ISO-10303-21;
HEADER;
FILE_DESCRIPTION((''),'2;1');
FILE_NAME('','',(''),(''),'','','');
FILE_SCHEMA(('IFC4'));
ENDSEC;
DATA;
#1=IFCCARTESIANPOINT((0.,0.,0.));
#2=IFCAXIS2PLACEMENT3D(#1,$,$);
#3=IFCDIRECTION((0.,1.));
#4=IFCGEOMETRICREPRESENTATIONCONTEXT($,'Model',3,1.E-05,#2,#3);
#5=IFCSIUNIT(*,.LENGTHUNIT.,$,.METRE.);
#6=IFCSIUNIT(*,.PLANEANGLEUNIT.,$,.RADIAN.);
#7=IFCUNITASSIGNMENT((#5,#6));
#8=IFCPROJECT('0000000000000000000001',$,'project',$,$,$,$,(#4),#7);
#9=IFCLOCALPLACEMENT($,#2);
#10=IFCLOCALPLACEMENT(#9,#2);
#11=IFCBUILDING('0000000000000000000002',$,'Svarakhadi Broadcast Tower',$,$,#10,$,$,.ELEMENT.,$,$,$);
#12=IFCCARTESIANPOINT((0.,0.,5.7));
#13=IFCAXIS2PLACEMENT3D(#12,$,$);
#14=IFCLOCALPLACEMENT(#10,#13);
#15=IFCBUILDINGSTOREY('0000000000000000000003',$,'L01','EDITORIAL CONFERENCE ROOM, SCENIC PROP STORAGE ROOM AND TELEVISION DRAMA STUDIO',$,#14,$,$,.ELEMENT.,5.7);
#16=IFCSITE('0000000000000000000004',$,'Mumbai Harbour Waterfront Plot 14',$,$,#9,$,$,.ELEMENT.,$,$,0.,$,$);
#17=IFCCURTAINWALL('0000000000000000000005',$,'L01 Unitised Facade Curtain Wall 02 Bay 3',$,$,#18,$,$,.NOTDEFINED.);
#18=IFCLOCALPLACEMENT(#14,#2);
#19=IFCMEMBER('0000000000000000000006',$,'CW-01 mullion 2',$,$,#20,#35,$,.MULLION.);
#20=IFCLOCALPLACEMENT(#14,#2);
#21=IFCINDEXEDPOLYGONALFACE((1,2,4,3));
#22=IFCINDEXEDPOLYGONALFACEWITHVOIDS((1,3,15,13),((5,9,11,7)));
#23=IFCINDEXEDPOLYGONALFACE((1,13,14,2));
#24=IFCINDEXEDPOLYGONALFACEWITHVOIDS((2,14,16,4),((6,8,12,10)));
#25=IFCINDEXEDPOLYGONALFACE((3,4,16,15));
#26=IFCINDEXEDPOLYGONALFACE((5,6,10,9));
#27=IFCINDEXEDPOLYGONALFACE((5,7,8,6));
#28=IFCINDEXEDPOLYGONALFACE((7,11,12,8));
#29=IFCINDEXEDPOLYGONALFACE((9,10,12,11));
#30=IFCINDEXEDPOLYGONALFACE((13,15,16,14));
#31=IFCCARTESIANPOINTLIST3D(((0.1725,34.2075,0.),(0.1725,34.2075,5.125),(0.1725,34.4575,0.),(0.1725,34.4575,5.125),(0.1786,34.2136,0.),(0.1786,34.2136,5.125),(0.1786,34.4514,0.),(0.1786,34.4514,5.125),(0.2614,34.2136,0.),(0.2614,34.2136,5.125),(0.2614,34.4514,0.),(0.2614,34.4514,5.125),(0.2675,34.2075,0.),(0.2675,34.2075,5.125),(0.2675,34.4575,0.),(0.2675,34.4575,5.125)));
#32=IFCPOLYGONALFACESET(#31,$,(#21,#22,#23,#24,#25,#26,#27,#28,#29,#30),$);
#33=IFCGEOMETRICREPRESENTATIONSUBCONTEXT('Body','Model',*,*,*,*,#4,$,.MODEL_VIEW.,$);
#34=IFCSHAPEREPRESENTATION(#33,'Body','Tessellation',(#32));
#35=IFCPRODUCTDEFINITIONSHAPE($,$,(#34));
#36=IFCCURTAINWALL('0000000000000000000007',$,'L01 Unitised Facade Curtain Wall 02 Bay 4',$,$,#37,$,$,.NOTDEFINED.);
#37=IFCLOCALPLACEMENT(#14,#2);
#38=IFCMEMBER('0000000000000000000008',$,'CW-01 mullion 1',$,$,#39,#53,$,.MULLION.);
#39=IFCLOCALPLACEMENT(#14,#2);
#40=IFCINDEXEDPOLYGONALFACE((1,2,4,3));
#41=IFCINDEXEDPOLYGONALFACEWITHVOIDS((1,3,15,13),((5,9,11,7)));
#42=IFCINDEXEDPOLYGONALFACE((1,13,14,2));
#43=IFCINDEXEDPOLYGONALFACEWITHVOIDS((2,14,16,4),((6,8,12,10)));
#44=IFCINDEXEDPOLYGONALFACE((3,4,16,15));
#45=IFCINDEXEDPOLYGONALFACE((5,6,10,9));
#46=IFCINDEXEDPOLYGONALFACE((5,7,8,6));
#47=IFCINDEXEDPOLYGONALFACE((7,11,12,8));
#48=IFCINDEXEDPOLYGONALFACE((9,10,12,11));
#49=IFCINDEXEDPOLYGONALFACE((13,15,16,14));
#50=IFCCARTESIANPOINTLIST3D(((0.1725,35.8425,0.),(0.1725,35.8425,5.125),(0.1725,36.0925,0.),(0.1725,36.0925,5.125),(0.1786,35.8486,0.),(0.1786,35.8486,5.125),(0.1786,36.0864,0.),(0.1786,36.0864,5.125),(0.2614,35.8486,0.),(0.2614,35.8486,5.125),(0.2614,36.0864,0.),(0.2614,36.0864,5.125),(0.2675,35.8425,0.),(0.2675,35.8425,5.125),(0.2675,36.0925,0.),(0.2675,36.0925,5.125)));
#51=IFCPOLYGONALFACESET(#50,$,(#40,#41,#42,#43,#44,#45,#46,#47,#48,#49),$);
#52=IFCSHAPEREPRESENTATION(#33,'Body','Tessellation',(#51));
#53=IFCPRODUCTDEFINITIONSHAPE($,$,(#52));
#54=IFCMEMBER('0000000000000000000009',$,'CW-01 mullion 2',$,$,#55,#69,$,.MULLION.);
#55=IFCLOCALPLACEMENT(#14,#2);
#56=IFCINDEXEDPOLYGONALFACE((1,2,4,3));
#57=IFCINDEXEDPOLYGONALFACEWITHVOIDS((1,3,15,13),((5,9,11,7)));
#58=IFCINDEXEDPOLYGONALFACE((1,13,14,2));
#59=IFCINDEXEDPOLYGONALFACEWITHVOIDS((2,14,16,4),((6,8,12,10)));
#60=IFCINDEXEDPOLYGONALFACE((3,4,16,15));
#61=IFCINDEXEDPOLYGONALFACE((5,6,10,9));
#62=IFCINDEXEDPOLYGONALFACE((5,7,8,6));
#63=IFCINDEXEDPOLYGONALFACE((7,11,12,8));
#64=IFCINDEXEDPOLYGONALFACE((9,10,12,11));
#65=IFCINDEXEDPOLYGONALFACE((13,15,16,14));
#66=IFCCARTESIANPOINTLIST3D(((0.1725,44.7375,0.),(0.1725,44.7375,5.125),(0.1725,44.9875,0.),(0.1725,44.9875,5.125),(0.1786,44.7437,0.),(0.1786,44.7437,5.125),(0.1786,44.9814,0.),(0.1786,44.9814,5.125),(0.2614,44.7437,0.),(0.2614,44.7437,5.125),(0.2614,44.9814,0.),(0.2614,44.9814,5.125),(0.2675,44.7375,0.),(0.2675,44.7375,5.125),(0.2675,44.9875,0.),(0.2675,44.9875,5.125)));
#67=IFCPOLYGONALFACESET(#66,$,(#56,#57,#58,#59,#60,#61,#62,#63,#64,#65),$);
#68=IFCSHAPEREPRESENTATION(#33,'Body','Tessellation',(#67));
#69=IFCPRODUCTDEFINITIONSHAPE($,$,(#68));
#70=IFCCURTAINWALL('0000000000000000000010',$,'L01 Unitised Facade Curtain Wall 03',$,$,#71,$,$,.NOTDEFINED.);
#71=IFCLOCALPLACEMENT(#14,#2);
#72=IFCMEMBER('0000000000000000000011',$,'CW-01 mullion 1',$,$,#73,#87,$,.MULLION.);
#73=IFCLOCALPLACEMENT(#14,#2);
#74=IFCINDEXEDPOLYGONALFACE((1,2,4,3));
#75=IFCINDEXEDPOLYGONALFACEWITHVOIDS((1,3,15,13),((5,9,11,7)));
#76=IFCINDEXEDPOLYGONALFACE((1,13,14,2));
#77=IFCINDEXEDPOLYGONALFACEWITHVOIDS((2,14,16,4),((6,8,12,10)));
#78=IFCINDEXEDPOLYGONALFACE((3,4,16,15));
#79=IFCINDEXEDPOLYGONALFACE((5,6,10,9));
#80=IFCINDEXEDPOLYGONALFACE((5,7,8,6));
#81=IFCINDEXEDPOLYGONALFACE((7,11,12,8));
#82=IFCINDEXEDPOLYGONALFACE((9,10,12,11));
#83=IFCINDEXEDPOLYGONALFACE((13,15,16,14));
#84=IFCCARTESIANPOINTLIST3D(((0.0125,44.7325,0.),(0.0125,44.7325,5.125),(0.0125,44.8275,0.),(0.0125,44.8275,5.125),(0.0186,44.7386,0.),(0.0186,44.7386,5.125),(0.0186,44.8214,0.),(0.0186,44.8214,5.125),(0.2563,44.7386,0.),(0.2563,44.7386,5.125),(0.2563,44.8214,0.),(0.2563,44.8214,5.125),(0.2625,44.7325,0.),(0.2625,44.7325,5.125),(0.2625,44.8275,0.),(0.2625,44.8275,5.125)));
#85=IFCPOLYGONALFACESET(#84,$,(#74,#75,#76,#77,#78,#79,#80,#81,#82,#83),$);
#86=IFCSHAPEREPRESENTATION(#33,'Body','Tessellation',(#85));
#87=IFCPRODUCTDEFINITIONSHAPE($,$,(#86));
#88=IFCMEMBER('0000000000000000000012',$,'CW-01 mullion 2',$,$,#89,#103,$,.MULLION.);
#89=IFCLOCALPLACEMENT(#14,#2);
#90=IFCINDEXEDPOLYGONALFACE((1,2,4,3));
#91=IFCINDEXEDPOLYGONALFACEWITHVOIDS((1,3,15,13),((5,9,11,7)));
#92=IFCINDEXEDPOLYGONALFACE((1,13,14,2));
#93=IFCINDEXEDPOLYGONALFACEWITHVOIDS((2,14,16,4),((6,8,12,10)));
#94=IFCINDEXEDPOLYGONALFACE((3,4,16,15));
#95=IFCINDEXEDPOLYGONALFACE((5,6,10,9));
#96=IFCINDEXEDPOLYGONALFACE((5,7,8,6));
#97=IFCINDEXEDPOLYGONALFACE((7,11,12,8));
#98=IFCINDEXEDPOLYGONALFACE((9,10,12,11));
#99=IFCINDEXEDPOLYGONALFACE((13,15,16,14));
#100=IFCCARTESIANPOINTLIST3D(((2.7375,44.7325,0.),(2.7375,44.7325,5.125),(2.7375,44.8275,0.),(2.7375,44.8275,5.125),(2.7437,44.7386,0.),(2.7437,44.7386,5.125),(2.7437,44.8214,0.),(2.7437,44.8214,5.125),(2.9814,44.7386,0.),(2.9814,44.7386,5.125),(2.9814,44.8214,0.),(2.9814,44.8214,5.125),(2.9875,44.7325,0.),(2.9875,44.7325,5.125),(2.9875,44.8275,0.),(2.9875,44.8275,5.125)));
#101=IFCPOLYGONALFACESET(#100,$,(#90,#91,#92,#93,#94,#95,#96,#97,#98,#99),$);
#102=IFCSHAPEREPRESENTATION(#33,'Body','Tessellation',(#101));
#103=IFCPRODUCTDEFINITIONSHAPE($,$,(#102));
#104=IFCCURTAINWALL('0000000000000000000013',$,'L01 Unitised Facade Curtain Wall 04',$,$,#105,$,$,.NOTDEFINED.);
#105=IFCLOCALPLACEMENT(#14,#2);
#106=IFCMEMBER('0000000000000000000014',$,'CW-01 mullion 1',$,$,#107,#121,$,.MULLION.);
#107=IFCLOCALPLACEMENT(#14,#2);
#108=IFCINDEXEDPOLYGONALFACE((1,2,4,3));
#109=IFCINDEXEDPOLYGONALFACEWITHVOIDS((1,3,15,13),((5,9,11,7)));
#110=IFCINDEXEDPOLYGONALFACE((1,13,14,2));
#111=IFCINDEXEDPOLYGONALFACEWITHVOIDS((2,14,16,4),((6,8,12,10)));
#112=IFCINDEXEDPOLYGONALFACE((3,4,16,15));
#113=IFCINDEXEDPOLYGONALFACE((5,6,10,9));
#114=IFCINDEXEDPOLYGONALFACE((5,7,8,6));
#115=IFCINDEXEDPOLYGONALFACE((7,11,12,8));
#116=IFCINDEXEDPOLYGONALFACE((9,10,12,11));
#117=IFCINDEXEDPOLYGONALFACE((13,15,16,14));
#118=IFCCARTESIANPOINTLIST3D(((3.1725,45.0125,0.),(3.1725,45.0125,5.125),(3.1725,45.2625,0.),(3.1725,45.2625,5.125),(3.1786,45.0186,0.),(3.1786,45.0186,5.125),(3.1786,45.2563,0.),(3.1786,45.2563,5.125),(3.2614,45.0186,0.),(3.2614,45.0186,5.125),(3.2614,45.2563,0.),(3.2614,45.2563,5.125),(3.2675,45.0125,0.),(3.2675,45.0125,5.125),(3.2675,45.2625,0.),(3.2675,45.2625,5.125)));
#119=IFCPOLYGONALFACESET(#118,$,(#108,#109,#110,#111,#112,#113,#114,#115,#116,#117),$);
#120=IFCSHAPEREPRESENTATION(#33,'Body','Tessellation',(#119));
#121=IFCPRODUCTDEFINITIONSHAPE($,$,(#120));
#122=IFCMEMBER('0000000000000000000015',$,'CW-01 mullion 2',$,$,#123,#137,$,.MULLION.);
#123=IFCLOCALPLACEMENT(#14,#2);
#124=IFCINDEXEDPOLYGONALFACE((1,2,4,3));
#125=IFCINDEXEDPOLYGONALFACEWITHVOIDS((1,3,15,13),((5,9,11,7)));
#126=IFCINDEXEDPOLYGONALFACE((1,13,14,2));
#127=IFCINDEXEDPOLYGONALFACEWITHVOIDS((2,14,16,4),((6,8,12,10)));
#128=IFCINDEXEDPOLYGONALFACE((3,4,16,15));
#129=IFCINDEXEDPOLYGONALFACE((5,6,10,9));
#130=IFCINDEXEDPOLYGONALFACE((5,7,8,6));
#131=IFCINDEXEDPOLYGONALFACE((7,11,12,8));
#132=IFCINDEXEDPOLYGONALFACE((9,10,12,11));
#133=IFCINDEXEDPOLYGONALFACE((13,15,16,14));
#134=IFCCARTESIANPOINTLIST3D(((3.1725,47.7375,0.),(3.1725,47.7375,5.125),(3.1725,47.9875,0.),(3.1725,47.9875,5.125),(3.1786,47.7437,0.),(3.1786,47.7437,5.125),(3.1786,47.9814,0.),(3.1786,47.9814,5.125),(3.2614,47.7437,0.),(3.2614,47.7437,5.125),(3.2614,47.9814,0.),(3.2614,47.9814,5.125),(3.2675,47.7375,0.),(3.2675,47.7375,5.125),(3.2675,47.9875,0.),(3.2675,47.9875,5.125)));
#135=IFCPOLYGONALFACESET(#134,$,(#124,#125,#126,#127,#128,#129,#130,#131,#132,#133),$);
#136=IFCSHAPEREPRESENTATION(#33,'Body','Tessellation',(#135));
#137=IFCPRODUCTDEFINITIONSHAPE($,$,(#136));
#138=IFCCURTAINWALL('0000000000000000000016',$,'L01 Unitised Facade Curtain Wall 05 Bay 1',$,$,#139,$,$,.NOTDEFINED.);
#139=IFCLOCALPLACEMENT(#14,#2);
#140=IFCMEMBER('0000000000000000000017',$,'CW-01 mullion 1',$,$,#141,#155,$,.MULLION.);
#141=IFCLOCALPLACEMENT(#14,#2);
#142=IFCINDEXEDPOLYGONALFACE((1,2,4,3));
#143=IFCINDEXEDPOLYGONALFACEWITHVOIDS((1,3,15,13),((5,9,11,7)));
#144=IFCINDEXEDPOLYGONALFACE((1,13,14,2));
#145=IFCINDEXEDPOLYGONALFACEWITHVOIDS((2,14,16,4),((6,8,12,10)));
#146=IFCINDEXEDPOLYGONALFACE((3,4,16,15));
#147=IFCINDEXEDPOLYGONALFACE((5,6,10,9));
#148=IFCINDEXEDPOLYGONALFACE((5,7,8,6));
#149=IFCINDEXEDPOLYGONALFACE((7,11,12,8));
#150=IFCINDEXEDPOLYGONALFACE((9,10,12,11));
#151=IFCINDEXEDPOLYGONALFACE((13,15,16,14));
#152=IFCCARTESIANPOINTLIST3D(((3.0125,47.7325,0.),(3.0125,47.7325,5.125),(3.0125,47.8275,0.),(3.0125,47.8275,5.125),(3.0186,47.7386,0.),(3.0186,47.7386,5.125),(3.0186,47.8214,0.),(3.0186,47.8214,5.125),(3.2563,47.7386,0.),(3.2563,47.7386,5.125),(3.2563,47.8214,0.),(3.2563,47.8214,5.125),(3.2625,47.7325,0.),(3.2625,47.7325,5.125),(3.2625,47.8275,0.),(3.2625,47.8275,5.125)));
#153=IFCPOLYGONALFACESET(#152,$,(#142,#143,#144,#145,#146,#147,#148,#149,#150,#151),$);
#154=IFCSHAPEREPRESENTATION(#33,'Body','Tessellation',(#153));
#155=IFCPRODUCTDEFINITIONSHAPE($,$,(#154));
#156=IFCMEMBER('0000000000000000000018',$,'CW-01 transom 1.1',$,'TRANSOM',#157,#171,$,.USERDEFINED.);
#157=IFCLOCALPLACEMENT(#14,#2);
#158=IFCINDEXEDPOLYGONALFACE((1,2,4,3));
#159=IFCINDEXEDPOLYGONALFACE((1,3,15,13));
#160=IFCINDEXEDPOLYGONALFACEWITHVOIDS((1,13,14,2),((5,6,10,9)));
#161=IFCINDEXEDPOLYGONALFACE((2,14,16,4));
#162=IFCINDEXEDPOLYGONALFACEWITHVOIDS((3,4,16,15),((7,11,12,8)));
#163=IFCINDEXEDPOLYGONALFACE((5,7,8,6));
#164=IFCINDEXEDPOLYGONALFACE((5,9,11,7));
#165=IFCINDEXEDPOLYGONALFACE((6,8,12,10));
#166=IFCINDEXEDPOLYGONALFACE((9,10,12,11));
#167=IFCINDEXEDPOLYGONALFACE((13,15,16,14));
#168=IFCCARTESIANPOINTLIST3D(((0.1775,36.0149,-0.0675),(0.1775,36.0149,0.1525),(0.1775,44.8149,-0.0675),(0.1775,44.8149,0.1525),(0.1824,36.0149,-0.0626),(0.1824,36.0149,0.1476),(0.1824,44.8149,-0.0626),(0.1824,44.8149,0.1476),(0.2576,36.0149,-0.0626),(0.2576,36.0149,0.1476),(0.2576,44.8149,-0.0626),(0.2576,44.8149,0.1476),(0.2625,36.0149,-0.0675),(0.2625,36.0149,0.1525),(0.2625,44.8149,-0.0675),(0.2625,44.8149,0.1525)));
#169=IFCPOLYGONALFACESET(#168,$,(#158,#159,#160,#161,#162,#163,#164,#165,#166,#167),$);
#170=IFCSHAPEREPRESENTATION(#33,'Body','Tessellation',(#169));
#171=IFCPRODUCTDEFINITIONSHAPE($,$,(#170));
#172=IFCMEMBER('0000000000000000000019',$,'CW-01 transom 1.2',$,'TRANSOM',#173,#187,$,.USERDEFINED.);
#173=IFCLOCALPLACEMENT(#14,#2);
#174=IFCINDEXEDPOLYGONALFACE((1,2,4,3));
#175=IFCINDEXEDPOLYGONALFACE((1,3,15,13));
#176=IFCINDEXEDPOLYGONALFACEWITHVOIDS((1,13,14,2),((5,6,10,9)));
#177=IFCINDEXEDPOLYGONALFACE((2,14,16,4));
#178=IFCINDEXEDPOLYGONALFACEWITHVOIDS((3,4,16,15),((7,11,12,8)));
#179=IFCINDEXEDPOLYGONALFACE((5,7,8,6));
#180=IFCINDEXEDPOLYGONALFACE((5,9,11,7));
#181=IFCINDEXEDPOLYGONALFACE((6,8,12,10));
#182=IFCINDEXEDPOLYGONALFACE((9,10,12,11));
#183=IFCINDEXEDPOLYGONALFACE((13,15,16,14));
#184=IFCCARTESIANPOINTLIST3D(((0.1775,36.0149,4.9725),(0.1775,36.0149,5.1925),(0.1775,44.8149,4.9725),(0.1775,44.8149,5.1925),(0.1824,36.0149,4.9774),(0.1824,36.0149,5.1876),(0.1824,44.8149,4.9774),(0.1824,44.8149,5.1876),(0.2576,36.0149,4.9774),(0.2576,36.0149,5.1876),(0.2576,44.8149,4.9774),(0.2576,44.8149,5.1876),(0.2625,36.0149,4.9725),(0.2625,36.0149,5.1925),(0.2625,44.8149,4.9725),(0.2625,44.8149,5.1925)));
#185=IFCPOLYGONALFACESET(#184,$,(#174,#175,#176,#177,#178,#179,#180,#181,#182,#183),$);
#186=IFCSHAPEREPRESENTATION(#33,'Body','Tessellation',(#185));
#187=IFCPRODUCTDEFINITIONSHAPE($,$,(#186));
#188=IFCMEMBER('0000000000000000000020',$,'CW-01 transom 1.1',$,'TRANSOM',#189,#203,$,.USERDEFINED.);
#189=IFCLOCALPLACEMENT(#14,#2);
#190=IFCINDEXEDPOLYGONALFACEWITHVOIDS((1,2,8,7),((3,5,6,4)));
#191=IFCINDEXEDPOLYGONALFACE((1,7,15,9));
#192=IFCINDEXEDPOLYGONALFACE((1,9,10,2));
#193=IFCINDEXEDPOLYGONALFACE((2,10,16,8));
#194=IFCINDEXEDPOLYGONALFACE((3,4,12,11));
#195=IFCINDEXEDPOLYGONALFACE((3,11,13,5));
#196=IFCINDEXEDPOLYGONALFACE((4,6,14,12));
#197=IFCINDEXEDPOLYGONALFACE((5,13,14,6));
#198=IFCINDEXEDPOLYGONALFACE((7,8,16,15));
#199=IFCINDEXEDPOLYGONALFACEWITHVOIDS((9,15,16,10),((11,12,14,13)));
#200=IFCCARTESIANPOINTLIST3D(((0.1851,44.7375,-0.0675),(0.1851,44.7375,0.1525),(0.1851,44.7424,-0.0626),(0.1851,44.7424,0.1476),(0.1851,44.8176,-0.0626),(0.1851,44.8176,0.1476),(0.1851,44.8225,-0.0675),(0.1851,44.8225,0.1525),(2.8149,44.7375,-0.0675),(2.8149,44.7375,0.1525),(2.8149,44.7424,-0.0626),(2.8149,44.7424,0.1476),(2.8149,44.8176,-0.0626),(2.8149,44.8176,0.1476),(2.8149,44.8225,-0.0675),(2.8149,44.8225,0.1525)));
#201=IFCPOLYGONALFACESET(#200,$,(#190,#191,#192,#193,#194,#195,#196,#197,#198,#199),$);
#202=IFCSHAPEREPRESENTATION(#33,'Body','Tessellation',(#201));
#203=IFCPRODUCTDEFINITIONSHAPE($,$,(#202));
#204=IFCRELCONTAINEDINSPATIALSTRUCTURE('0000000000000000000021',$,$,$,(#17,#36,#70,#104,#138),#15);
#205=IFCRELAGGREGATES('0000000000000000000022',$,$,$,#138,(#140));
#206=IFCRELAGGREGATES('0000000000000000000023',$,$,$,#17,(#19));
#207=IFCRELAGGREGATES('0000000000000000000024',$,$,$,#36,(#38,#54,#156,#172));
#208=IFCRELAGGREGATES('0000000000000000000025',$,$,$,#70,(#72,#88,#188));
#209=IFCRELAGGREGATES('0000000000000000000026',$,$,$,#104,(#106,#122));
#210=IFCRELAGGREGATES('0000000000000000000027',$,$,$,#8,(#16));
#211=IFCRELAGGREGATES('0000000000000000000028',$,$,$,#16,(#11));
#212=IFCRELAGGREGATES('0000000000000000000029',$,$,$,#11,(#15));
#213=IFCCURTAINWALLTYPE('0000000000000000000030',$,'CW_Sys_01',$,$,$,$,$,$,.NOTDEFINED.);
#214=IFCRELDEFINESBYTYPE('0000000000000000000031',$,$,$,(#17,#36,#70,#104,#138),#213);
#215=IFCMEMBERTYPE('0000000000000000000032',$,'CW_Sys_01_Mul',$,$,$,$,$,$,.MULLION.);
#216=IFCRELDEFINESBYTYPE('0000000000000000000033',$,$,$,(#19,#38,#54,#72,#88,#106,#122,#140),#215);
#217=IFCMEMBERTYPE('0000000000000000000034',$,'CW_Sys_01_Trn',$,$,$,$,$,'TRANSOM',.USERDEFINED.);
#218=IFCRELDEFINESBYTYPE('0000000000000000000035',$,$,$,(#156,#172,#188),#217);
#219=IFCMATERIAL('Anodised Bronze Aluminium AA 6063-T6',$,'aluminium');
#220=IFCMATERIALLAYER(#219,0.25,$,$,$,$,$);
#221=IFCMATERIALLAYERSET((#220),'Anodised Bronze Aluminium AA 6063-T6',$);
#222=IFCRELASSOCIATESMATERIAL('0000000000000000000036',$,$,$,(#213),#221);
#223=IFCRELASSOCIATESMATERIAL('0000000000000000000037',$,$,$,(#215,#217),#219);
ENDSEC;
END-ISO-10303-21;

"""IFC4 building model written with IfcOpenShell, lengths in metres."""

from ifc_helpers import new_model, si_unit, direction, frame, origin, origin_2d, place, context, subcontext, project, spatial, hollow_rectangle, extrude, material, layer, layer_set, material_profile, profile_set, type_object, element, aggregate, save


model = new_model("IFC4")

# Units and contexts
model_context = context("Model", 3, precision=1e-05, world=origin(), true_north=direction((0.0, 1.0)))
body_context = subcontext(model_context, "Body", "Model", "MODEL_VIEW")
ifc_project = project(units=[si_unit("LENGTHUNIT", "METRE"), si_unit("PLANEANGLEUNIT", "RADIAN")], contexts=[model_context])

# Site, building, storey
site_placement = place(None, origin())
site = spatial("IfcSite", under=ifc_project, at=site_placement, Name="Mumbai Harbour Waterfront Plot 14", CompositionType="ELEMENT", RefElevation=0.0)
building_placement = place(site_placement, origin())
building = spatial("IfcBuilding", under=site, at=building_placement, Name="Svarakhadi Broadcast Tower", CompositionType="ELEMENT")
storey_placement = place(building_placement, frame((0.0, 0.0, 5.7)))
storey = spatial("IfcBuildingStorey", under=building, at=storey_placement, Name="L01", Description="EDITORIAL CONFERENCE ROOM, SCENIC PROP STORAGE ROOM AND TELEVISION DRAMA STUDIO", CompositionType="ELEMENT", Elevation=5.7)

# Curtain wall, member
ifc_material_1 = material(Name="Anodised Bronze Aluminium AA 6063-T6", Category="aluminium")
ifc_layer_1 = layer(ifc_material_1, 0.25)
ifc_layer_set_1 = layer_set([ifc_layer_1], Name="Anodised Bronze Aluminium AA 6063-T6")
curtain_wall_type = type_object("IfcCurtainWallType", Name="CW_Sys_01", PredefinedType="NOTDEFINED", material=ifc_layer_set_1)
curtain_wall_1_placement = place(storey_placement, origin())
curtain_wall_1 = element("IfcCurtainWall", 1, at=curtain_wall_1_placement, inside=storey, type_object=curtain_wall_type, Name="L01 Unitised Facade Curtain Wall 02 Bay 3", PredefinedType="NOTDEFINED")
ifc_material_profile_1 = material_profile(ifc_material_1, hollow_rectangle(XDim=0.095, YDim=0.25, WallThickness=0.0061, at=origin_2d()), Name="ALU MULLION 250x95x6")
ifc_profile_set_1 = profile_set([ifc_material_profile_1], Name="Anodised Bronze Aluminium AA 6063-T6")
member_type_1 = type_object("IfcMemberType", Name="CW_Sys_01_Mul", PredefinedType="MULLION", material=ifc_profile_set_1)
member_1_placement = place(storey_placement, frame((0.22, 34.3325, 0.0), z_axis=(0.0, 0.0, 1.0), x_axis=(-1.0, 0.0, 0.0)))
member_1 = element("IfcMember", 2, at=member_1_placement, type_object=member_type_1, Name="CW-01 mullion 2", PredefinedType="MULLION", context=body_context, shape_type="SweptSolid", body=[
    extrude(hollow_rectangle(XDim=0.095, YDim=0.25, WallThickness=0.0061, at=origin_2d()), origin(), (0.0, 0.0, 1.0), 5.125),
])

# Curtain walls, members
curtain_wall_2_placement = place(storey_placement, origin())
curtain_wall_2 = element("IfcCurtainWall", 3, at=curtain_wall_2_placement, inside=storey, type_object=curtain_wall_type, Name="L01 Unitised Facade Curtain Wall 02 Bay 4", PredefinedType="NOTDEFINED")
member_2_placement = place(storey_placement, frame((0.22, 35.9675, 0.0), z_axis=(0.0, 0.0, 1.0), x_axis=(-1.0, 0.0, 0.0)))
member_2 = element("IfcMember", 4, at=member_2_placement, type_object=member_type_1, Name="CW-01 mullion 1", PredefinedType="MULLION", context=body_context, shape_type="SweptSolid", body=[
    extrude(hollow_rectangle(XDim=0.095, YDim=0.25, WallThickness=0.0061, at=origin_2d()), origin(), (0.0, 0.0, 1.0), 5.125),
])
member_3_placement = place(storey_placement, frame((0.22, 44.8625, 0.0), z_axis=(0.0, 0.0, 1.0), x_axis=(-1.0, 0.0, 0.0)))
member_3 = element("IfcMember", 5, at=member_3_placement, type_object=member_type_1, Name="CW-01 mullion 2", PredefinedType="MULLION", context=body_context, shape_type="SweptSolid", body=[
    extrude(hollow_rectangle(XDim=0.095, YDim=0.25, WallThickness=0.0061, at=origin_2d()), origin(), (0.0, 0.0, 1.0), 5.125),
])
curtain_wall_3_placement = place(storey_placement, origin())
curtain_wall_3 = element("IfcCurtainWall", 6, at=curtain_wall_3_placement, inside=storey, type_object=curtain_wall_type, Name="L01 Unitised Facade Curtain Wall 03", PredefinedType="NOTDEFINED")
member_4_placement = place(storey_placement, frame((0.1375, 44.78, 0.0), z_axis=(0.0, 0.0, 1.0), x_axis=(0.0, 1.0, 0.0)))
member_4 = element("IfcMember", 7, at=member_4_placement, type_object=member_type_1, Name="CW-01 mullion 1", PredefinedType="MULLION", context=body_context, shape_type="SweptSolid", body=[
    extrude(hollow_rectangle(XDim=0.095, YDim=0.25, WallThickness=0.0061, at=origin_2d()), origin(), (0.0, 0.0, 1.0), 5.125),
])
member_5_placement = place(storey_placement, frame((2.8625, 44.78, 0.0), z_axis=(0.0, 0.0, 1.0), x_axis=(0.0, 1.0, 0.0)))
member_5 = element("IfcMember", 8, at=member_5_placement, type_object=member_type_1, Name="CW-01 mullion 2", PredefinedType="MULLION", context=body_context, shape_type="SweptSolid", body=[
    extrude(hollow_rectangle(XDim=0.095, YDim=0.25, WallThickness=0.0061, at=origin_2d()), origin(), (0.0, 0.0, 1.0), 5.125),
])
curtain_wall_4_placement = place(storey_placement, origin())
curtain_wall_4 = element("IfcCurtainWall", 9, at=curtain_wall_4_placement, inside=storey, type_object=curtain_wall_type, Name="L01 Unitised Facade Curtain Wall 04", PredefinedType="NOTDEFINED")
member_6_placement = place(storey_placement, frame((3.22, 45.1375, 0.0), z_axis=(0.0, 0.0, 1.0), x_axis=(-1.0, 0.0, 0.0)))
member_6 = element("IfcMember", 10, at=member_6_placement, type_object=member_type_1, Name="CW-01 mullion 1", PredefinedType="MULLION", context=body_context, shape_type="SweptSolid", body=[
    extrude(hollow_rectangle(XDim=0.095, YDim=0.25, WallThickness=0.0061, at=origin_2d()), origin(), (0.0, 0.0, 1.0), 5.125),
])
member_7_placement = place(storey_placement, frame((3.22, 47.8625, 0.0), z_axis=(0.0, 0.0, 1.0), x_axis=(-1.0, 0.0, 0.0)))
member_7 = element("IfcMember", 11, at=member_7_placement, type_object=member_type_1, Name="CW-01 mullion 2", PredefinedType="MULLION", context=body_context, shape_type="SweptSolid", body=[
    extrude(hollow_rectangle(XDim=0.095, YDim=0.25, WallThickness=0.0061, at=origin_2d()), origin(), (0.0, 0.0, 1.0), 5.125),
])

# Curtain wall, member
curtain_wall_5_placement = place(storey_placement, origin())
curtain_wall_5 = element("IfcCurtainWall", 12, at=curtain_wall_5_placement, inside=storey, type_object=curtain_wall_type, Name="L01 Unitised Facade Curtain Wall 05 Bay 1", PredefinedType="NOTDEFINED")
member_8_placement = place(storey_placement, frame((3.1375, 47.78, 0.0), z_axis=(0.0, 0.0, 1.0), x_axis=(0.0, 1.0, 0.0)))
member_8 = element("IfcMember", 13, at=member_8_placement, type_object=member_type_1, Name="CW-01 mullion 1", PredefinedType="MULLION", context=body_context, shape_type="SweptSolid", body=[
    extrude(hollow_rectangle(XDim=0.095, YDim=0.25, WallThickness=0.0061, at=origin_2d()), origin(), (0.0, 0.0, 1.0), 5.125),
])

# Members
ifc_material_profile_2 = material_profile(ifc_material_1, hollow_rectangle(XDim=0.085, YDim=0.22, WallThickness=0.0049, at=origin_2d()), Name="ALU TRANSOM 220x85x5")
ifc_profile_set_2 = profile_set([ifc_material_profile_2], Name="Anodised Bronze Aluminium AA 6063-T6")
member_type_2 = type_object("IfcMemberType", Name="CW_Sys_01_Trn", ElementType="TRANSOM", PredefinedType="USERDEFINED", material=ifc_profile_set_2)
member_9_placement = place(storey_placement, frame((0.22, 36.0149, 0.0425), z_axis=(0.0, 1.0, 0.0), x_axis=(-1.0, 0.0, 0.0)))
member_9 = element("IfcMember", 14, at=member_9_placement, type_object=member_type_2, Name="CW-01 transom 1.1", ObjectType="TRANSOM", PredefinedType="USERDEFINED", context=body_context, shape_type="SweptSolid", body=[
    extrude(hollow_rectangle(XDim=0.085, YDim=0.22, WallThickness=0.0049, at=origin_2d()), origin(), (0.0, 0.0, 1.0), 8.8),
])
member_10_placement = place(storey_placement, frame((0.22, 36.0149, 5.0825), z_axis=(0.0, 1.0, 0.0), x_axis=(-1.0, 0.0, 0.0)))
member_10 = element("IfcMember", 15, at=member_10_placement, type_object=member_type_2, Name="CW-01 transom 1.2", ObjectType="TRANSOM", PredefinedType="USERDEFINED", context=body_context, shape_type="SweptSolid", body=[
    extrude(hollow_rectangle(XDim=0.085, YDim=0.22, WallThickness=0.0049, at=origin_2d()), origin(), (0.0, 0.0, 1.0), 8.8),
])
member_11_placement = place(storey_placement, frame((0.1851, 44.78, 0.0425), z_axis=(1.0, 0.0, 0.0), x_axis=(0.0, 1.0, 0.0)))
member_11 = element("IfcMember", 16, at=member_11_placement, type_object=member_type_2, Name="CW-01 transom 1.1", ObjectType="TRANSOM", PredefinedType="USERDEFINED", context=body_context, shape_type="SweptSolid", body=[
    extrude(hollow_rectangle(XDim=0.085, YDim=0.22, WallThickness=0.0049, at=origin_2d()), origin(), (0.0, 0.0, 1.0), 2.6299),
])
aggregate(curtain_wall_5, [member_8])

aggregate(curtain_wall_1, [member_1])
aggregate(curtain_wall_2, [member_2, member_3, member_9, member_10])
aggregate(curtain_wall_3, [member_4, member_5, member_11])
aggregate(curtain_wall_4, [member_6, member_7])

save(model, "model.ifc")
